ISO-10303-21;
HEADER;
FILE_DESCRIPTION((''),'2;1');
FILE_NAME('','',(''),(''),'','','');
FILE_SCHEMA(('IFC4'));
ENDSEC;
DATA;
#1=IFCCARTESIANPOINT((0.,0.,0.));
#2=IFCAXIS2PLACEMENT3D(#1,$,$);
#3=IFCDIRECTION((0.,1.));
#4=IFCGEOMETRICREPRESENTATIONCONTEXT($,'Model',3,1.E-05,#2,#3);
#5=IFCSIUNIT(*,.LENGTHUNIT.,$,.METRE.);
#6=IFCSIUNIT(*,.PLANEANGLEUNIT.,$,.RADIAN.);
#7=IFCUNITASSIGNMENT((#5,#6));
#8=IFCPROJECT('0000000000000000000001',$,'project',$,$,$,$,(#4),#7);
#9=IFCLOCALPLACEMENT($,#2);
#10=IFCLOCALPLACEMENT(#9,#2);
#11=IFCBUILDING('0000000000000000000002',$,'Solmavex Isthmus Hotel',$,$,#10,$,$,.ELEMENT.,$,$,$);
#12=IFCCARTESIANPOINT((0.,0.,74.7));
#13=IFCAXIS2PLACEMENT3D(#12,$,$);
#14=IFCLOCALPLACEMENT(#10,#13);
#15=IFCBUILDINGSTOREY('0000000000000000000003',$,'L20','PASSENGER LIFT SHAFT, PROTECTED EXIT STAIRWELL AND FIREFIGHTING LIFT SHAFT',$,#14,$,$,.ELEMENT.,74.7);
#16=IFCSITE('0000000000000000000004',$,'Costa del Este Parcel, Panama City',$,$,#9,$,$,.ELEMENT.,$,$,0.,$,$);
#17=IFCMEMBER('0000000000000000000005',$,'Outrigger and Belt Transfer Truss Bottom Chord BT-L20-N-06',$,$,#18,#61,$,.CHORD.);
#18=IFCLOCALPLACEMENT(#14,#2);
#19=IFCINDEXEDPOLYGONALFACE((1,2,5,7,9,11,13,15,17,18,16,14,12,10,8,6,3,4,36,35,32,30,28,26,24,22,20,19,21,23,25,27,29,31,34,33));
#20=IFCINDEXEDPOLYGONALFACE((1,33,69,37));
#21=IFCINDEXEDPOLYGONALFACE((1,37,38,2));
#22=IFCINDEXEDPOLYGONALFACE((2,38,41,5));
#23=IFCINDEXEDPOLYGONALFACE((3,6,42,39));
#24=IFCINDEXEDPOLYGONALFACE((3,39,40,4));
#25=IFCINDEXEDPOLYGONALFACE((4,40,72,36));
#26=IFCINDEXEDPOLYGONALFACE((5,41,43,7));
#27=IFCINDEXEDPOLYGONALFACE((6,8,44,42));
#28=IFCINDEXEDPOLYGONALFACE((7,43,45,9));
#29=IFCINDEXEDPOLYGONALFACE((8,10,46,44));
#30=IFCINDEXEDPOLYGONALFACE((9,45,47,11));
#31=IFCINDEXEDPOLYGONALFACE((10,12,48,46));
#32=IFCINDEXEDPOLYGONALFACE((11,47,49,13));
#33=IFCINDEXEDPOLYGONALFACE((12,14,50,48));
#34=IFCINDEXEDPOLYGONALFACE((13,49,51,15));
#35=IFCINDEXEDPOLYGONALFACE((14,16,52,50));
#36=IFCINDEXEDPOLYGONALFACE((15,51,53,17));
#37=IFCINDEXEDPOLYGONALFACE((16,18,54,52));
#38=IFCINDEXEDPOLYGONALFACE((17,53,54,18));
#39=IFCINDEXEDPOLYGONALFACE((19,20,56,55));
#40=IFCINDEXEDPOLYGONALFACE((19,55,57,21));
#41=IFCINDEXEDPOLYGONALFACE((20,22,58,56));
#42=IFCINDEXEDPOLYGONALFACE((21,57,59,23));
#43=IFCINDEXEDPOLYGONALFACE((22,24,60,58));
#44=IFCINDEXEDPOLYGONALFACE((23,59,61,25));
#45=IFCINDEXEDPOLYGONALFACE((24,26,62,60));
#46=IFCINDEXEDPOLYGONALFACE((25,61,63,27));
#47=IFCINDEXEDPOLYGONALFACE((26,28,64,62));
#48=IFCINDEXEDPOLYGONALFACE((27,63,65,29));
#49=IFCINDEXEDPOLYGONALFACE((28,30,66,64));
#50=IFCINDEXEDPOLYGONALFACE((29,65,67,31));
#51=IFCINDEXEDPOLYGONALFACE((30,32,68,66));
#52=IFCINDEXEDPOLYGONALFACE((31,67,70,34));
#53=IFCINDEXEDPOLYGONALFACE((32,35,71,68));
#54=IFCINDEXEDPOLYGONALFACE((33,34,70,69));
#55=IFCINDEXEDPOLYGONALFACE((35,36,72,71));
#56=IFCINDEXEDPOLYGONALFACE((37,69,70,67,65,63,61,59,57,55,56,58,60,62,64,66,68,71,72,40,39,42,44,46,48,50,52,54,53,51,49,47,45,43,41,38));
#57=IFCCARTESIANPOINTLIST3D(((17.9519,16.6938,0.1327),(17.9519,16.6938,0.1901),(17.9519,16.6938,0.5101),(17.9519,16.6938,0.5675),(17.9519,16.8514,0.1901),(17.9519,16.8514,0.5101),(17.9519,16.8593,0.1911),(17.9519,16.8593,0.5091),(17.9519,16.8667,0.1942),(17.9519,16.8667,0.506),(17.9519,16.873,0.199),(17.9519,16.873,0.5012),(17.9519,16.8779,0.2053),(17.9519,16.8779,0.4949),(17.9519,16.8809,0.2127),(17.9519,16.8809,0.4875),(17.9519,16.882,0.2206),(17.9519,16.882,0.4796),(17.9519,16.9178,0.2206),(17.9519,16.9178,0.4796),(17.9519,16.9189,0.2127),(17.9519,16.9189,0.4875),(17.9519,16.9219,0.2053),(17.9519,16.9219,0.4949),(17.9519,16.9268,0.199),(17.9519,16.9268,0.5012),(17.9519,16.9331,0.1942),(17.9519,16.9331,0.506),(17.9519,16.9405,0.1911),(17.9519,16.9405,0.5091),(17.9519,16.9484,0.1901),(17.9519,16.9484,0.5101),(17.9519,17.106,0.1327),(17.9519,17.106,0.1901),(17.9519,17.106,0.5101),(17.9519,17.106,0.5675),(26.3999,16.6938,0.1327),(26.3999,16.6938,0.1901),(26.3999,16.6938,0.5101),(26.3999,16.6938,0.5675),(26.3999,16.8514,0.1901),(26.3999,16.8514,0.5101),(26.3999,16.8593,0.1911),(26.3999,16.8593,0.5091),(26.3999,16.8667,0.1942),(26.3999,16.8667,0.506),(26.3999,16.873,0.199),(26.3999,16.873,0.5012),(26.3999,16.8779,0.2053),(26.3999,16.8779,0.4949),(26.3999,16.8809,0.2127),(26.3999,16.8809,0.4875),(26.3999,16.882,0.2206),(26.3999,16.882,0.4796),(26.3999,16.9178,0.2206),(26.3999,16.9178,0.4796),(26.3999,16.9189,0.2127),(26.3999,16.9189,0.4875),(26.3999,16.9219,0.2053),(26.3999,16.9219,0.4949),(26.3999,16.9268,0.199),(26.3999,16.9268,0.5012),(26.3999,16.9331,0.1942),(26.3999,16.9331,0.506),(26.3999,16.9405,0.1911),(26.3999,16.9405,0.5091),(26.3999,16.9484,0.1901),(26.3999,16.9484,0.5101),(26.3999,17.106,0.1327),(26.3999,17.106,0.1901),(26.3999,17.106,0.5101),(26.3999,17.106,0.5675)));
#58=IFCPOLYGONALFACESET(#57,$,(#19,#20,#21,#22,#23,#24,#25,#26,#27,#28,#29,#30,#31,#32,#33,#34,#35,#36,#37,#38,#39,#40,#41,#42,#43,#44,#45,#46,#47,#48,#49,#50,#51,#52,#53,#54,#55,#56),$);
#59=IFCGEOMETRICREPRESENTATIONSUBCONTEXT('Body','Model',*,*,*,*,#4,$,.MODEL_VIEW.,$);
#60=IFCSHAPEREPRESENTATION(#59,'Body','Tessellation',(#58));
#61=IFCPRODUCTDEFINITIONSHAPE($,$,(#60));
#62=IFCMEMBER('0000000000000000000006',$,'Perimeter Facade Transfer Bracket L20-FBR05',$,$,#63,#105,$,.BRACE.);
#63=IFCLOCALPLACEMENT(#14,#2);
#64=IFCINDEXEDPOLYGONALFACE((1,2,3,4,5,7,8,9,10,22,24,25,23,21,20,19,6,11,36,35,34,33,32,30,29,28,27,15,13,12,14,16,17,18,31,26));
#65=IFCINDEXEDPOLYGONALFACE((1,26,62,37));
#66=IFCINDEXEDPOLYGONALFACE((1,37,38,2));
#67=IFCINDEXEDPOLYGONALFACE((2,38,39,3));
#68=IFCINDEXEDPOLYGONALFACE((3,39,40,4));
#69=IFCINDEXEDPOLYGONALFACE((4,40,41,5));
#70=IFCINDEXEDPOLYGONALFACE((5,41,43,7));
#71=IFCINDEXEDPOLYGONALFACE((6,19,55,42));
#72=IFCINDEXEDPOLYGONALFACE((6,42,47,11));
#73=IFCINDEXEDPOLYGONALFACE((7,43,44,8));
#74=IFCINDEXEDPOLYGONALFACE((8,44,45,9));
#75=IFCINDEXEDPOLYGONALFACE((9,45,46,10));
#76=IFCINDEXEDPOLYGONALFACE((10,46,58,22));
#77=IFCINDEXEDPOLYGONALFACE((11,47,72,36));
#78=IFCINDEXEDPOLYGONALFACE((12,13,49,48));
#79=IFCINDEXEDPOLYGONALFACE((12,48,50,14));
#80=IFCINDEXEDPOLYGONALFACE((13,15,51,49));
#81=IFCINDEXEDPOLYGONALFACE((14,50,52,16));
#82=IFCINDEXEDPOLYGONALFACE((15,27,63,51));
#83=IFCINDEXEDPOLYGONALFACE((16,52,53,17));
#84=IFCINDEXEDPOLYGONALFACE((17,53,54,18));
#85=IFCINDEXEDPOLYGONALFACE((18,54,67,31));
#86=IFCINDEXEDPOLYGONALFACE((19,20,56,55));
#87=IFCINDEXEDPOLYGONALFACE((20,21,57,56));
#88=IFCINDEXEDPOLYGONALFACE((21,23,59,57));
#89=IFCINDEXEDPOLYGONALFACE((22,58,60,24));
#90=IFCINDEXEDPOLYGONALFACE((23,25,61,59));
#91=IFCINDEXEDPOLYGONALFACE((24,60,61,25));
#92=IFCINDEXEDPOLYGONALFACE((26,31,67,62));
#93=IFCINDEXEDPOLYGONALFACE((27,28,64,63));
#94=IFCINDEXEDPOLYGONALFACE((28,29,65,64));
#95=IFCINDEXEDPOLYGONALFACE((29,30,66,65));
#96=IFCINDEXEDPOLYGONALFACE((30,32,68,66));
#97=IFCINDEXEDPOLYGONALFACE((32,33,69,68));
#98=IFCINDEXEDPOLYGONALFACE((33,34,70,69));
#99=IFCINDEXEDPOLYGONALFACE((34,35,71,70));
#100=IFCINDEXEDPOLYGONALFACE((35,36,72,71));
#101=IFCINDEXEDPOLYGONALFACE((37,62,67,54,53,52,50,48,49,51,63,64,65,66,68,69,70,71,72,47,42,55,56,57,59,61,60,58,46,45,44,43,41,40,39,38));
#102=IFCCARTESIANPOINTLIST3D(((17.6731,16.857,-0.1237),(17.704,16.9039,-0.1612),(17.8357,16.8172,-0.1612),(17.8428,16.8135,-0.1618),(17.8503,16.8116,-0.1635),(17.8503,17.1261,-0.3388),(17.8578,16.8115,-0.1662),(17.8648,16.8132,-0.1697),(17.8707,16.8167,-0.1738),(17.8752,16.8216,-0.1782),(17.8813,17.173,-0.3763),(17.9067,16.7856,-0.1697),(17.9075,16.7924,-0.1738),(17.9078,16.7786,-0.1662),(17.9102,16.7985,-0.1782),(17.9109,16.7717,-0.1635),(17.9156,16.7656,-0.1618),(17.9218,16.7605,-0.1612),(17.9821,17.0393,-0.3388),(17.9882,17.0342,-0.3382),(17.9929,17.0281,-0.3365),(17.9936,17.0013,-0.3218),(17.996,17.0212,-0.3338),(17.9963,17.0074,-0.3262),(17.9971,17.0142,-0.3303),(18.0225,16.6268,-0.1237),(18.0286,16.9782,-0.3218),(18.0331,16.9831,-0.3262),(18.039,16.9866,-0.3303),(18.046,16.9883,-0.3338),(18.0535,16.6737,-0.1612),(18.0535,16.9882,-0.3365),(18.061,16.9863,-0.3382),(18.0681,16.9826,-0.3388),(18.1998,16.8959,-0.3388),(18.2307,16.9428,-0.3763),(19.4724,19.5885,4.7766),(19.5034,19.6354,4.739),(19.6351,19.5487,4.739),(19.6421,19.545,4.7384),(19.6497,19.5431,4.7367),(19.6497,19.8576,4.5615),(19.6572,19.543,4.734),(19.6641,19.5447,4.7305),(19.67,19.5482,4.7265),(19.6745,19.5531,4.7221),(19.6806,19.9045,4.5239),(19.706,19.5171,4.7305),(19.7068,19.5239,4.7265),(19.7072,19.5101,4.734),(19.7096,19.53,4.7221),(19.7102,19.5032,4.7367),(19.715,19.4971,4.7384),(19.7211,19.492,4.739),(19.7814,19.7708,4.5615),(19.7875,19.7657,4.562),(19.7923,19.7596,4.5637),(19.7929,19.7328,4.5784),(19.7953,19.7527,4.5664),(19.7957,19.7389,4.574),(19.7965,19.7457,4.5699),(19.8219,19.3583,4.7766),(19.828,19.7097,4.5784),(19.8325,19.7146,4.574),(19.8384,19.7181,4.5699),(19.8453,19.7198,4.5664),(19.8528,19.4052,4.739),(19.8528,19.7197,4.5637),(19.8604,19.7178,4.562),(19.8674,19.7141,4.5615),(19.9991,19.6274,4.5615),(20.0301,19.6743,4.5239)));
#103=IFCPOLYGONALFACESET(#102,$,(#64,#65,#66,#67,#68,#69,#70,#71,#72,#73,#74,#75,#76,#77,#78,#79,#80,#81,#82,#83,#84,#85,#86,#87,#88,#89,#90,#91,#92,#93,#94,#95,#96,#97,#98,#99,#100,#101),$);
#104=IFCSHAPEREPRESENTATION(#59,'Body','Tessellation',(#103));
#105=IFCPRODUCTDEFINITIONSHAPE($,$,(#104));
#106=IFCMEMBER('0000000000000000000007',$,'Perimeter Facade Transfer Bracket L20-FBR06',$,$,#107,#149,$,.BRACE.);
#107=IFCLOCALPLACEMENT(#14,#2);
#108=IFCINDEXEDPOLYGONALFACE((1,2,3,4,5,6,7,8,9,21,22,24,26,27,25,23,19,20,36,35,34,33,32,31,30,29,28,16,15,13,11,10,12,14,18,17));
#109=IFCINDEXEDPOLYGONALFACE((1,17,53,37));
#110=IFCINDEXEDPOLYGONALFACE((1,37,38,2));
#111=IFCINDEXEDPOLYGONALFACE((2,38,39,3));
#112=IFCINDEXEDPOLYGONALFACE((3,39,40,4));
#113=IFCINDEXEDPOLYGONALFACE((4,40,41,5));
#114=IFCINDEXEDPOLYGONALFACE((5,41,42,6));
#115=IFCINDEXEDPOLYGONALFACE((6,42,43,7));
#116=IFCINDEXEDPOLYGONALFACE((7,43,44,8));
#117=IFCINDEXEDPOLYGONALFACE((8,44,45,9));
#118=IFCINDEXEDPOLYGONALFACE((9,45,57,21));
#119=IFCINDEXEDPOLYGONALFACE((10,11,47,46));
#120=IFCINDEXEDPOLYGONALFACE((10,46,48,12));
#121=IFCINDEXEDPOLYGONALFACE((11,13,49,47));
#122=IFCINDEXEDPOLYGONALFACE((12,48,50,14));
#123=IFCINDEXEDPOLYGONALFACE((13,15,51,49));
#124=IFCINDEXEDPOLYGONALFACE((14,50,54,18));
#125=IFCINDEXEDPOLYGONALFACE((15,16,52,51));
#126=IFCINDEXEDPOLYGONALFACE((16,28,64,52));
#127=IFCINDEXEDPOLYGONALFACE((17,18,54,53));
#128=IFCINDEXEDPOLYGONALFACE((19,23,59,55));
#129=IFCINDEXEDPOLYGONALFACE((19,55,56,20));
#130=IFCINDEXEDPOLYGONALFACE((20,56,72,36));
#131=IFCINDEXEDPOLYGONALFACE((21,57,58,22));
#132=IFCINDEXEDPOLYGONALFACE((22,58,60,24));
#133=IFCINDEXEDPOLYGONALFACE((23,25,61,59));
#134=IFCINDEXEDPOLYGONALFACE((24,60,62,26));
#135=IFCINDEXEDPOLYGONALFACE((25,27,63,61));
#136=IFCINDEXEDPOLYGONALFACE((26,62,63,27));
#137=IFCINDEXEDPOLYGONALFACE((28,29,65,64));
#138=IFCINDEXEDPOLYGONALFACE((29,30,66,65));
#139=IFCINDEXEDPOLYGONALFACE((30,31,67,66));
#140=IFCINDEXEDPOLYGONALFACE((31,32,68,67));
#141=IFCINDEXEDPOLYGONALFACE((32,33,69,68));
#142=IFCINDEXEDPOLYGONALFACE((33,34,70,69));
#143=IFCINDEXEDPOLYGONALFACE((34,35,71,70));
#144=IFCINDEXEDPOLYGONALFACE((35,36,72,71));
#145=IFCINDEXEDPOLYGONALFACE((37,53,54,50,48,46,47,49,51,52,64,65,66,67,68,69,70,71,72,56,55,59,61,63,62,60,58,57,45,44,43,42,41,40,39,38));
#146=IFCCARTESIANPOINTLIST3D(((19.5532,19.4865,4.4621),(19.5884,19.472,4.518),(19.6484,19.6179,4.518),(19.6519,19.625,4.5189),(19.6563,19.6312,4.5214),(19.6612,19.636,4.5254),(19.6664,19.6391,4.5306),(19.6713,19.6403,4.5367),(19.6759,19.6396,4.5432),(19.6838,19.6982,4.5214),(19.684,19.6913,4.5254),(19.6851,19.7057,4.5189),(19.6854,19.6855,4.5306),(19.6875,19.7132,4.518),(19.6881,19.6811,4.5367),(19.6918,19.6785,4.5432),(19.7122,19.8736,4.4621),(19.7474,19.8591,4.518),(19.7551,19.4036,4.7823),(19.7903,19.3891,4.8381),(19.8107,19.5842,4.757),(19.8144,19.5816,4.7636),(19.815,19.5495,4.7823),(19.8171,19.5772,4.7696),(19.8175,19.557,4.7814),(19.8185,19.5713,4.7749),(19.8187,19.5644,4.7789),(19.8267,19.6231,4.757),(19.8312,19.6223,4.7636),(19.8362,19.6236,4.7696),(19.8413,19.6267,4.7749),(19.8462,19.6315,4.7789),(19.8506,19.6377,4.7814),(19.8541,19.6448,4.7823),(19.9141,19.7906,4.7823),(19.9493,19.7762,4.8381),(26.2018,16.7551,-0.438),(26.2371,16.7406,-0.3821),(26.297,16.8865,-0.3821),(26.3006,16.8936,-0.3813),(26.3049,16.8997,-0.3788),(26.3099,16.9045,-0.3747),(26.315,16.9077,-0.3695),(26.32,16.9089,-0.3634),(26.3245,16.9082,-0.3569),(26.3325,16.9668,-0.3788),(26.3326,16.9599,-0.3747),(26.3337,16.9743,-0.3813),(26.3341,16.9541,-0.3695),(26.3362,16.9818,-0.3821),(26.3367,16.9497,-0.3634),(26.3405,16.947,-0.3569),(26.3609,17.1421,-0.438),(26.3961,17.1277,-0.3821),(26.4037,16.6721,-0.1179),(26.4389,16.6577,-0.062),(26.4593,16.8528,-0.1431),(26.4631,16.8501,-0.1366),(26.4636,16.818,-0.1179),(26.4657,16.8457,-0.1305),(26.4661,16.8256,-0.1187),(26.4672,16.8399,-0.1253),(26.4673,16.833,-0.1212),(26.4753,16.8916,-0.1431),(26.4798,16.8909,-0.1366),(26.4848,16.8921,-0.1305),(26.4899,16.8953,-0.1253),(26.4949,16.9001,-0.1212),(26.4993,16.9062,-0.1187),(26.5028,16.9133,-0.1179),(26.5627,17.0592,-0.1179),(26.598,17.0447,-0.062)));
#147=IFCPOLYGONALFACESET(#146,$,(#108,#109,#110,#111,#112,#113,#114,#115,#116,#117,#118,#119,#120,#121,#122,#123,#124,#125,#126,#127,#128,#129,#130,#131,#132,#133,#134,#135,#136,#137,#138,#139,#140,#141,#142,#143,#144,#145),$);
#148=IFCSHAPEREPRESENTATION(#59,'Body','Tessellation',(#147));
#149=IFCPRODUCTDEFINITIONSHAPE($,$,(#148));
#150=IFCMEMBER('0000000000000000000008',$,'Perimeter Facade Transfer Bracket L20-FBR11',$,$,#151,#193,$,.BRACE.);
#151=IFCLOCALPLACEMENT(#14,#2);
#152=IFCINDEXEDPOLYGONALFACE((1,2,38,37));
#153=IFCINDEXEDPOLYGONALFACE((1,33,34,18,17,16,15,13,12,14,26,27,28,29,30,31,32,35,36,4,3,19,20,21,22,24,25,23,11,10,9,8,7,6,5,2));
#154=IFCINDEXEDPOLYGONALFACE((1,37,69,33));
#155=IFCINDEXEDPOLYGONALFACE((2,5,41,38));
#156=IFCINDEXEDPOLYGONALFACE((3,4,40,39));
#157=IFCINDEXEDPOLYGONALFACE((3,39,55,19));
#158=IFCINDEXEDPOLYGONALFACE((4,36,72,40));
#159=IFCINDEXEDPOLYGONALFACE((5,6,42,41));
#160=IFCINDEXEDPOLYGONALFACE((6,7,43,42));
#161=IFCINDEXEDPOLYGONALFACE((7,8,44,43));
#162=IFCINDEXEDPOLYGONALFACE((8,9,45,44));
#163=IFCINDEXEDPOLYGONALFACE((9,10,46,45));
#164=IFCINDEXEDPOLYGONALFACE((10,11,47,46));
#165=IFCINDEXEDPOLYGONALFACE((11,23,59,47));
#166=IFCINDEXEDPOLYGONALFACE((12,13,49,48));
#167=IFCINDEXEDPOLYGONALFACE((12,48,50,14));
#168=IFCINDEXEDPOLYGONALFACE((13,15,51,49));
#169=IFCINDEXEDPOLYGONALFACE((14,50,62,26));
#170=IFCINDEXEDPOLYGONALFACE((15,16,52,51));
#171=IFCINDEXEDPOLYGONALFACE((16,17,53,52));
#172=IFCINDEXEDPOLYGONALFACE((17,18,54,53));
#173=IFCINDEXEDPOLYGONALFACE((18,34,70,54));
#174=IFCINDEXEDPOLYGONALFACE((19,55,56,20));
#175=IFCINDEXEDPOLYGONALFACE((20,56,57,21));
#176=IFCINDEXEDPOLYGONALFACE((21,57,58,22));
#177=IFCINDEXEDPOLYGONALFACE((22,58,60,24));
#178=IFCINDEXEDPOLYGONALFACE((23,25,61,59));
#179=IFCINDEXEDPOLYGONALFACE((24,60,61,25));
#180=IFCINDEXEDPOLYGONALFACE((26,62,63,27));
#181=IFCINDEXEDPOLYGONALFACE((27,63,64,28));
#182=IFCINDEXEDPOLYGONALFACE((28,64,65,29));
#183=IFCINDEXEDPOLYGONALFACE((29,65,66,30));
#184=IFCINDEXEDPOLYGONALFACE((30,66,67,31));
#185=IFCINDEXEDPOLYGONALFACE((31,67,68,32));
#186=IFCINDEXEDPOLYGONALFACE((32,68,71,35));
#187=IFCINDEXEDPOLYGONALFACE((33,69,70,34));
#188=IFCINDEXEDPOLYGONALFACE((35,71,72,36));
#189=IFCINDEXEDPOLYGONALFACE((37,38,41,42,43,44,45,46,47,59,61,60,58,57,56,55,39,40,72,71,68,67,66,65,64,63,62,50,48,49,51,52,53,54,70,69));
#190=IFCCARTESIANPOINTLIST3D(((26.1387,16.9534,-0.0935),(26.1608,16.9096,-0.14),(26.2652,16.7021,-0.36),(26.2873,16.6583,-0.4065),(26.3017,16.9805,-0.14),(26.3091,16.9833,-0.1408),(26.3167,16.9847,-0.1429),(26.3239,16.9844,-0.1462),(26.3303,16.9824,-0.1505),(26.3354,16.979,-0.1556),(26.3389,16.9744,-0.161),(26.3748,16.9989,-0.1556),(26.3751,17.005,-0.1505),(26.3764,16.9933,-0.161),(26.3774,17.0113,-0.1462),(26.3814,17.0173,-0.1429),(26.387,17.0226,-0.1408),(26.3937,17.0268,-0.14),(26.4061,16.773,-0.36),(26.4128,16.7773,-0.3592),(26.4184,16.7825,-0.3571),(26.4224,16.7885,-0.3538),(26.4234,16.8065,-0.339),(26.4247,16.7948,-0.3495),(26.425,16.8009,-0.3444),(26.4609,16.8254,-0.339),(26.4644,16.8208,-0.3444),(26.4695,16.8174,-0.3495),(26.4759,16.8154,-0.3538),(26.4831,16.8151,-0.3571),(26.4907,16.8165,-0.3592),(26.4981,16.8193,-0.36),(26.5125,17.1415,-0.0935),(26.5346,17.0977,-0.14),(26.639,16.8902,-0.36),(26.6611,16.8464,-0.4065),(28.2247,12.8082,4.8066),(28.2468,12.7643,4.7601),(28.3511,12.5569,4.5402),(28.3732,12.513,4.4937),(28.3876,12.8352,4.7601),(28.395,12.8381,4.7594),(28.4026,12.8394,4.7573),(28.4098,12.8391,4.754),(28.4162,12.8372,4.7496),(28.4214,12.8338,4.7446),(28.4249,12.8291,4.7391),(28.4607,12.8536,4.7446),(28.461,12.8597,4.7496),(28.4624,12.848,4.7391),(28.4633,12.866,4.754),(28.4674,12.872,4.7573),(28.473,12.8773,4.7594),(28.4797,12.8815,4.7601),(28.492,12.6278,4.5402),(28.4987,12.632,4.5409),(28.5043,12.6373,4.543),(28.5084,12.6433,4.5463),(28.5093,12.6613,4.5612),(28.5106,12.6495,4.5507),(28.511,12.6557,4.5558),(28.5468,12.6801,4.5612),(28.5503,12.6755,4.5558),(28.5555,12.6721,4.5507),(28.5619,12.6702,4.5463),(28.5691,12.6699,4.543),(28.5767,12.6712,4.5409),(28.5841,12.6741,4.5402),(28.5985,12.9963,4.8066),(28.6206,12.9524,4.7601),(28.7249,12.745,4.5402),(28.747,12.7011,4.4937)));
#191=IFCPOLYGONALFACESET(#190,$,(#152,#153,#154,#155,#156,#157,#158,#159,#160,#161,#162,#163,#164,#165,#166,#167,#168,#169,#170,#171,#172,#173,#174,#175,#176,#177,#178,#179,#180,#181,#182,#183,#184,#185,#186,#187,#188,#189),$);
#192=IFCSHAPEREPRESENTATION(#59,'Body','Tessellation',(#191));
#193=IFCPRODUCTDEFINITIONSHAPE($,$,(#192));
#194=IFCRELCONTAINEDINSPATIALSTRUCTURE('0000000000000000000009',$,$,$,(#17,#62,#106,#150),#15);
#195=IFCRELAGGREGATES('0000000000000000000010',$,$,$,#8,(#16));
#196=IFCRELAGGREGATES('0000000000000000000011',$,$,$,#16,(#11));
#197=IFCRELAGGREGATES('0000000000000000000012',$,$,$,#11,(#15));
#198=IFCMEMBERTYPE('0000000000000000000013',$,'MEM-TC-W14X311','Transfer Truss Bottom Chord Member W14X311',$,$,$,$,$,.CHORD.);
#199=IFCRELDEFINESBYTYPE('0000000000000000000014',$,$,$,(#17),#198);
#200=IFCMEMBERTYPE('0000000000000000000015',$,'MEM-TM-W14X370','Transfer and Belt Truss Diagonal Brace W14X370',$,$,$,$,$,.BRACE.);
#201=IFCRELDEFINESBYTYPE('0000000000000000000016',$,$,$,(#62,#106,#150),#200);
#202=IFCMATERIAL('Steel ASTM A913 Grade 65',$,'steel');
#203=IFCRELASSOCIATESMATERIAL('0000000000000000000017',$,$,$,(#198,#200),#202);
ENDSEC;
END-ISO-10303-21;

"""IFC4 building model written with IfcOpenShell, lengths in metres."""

from ifc_helpers import new_model, si_unit, direction, frame, origin, origin_2d, place, context, subcontext, project, spatial, i_section, extrude, material, material_profile, profile_set, type_object, element, save


model = new_model("IFC4")

# Units and contexts
model_context = context("Model", 3, precision=1e-05, world=origin(), true_north=direction((0.0, 1.0)))
body_context = subcontext(model_context, "Body", "Model", "MODEL_VIEW")
ifc_project = project(units=[si_unit("LENGTHUNIT", "METRE"), si_unit("PLANEANGLEUNIT", "RADIAN")], contexts=[model_context])

# Site, building, storey
site_placement = place(None, origin())
site = spatial("IfcSite", under=ifc_project, at=site_placement, Name="Costa del Este Parcel, Panama City", CompositionType="ELEMENT", RefElevation=0.0)
building_placement = place(site_placement, origin())
building = spatial("IfcBuilding", under=site, at=building_placement, Name="Solmavex Isthmus Hotel", CompositionType="ELEMENT")
storey_placement = place(building_placement, frame((0.0, 0.0, 74.7)))
storey = spatial("IfcBuildingStorey", under=building, at=storey_placement, Name="L20", Description="PASSENGER LIFT SHAFT, PROTECTED EXIT STAIRWELL AND FIREFIGHTING LIFT SHAFT", CompositionType="ELEMENT", Elevation=74.7)

# Shared definitions
ifc_material_1 = material(Name="Steel ASTM A913 Grade 65", Category="steel")

# Members
ifc_material_profile_1 = material_profile(ifc_material_1, i_section(OverallWidth=0.4121, OverallDepth=0.4348, WebThickness=0.0359, FlangeThickness=0.0574, FilletRadius=0.0305, at=origin_2d()), Name="W14X311")
ifc_profile_set_1 = profile_set([ifc_material_profile_1], Name="Steel ASTM A913 Grade 65")
member_type_1 = type_object("IfcMemberType", Name="MEM-TC-W14X311", Description="Transfer Truss Bottom Chord Member W14X311", PredefinedType="CHORD", material=ifc_profile_set_1)
member_1_placement = place(storey_placement, frame((17.9519, 16.8999, 0.3501), z_axis=(1.0, 0.0, 0.0), x_axis=(0.0, 1.0, 0.0)))
element("IfcMember", 1, at=member_1_placement, inside=storey, type_object=member_type_1, Name="Outrigger and Belt Transfer Truss Bottom Chord BT-L20-N-06", PredefinedType="CHORD", context=body_context, shape_type="SweptSolid", body=[
    extrude(i_section(OverallWidth=0.4121, OverallDepth=0.4348, WebThickness=0.0359, FlangeThickness=0.0574, FilletRadius=0.0305, at=origin_2d()), origin(), (0.0, 0.0, 1.0), 8.448),
])
ifc_material_profile_2 = material_profile(ifc_material_1, i_section(OverallWidth=0.4185, OverallDepth=0.4551, WebThickness=0.042, FlangeThickness=0.0676, FilletRadius=0.0305, at=origin_2d()), Name="W14X370")
ifc_profile_set_2 = profile_set([ifc_material_profile_2], Name="Steel ASTM A913 Grade 65")
member_type_2 = type_object("IfcMemberType", Name="MEM-TM-W14X370", Description="Transfer and Belt Truss Diagonal Brace W14X370", PredefinedType="BRACE", material=ifc_profile_set_2)
member_2_placement = place(storey_placement, frame((17.9519, 16.8999, -0.25), z_axis=(0.305409, 0.463625, 0.831732), x_axis=(-0.835092, 0.55011, 0.0)))
element("IfcMember", 2, at=member_2_placement, inside=storey, type_object=member_type_2, Name="Perimeter Facade Transfer Bracket L20-FBR05", PredefinedType="BRACE", context=body_context, shape_type="SweptSolid", body=[
    extrude(i_section(OverallWidth=0.4185, OverallDepth=0.4551, WebThickness=0.042, FlangeThickness=0.0676, FilletRadius=0.0305, at=origin_2d()), origin(), (0.0, 0.0, 1.0), 5.8916),
])
member_3_placement = place(storey_placement, frame((26.3999, 16.8999, -0.25), z_axis=(-0.764281, 0.313986, 0.563283), x_axis=(-0.380007, -0.924984, 0.0)))
element("IfcMember", 3, at=member_3_placement, inside=storey, type_object=member_type_2, Name="Perimeter Facade Transfer Bracket L20-FBR06", PredefinedType="BRACE", context=body_context, shape_type="SweptSolid", body=[
    extrude(i_section(OverallWidth=0.4185, OverallDepth=0.4551, WebThickness=0.042, FlangeThickness=0.0676, FilletRadius=0.0305, at=origin_2d()), origin(), (0.0, 0.0, 1.0), 8.6992),
])
member_4_placement = place(storey_placement, frame((26.3999, 16.8999, -0.25), z_axis=(0.309084, -0.614226, 0.726081), x_axis=(0.893277, 0.449506, 0.0)))
element("IfcMember", 4, at=member_4_placement, inside=storey, type_object=member_type_2, Name="Perimeter Facade Transfer Bracket L20-FBR11", PredefinedType="BRACE", context=body_context, shape_type="SweptSolid", body=[
    extrude(i_section(OverallWidth=0.4185, OverallDepth=0.4551, WebThickness=0.042, FlangeThickness=0.0676, FilletRadius=0.0305, at=origin_2d()), origin(), (0.0, 0.0, 1.0), 6.7488),
])

save(model, "model.ifc")
